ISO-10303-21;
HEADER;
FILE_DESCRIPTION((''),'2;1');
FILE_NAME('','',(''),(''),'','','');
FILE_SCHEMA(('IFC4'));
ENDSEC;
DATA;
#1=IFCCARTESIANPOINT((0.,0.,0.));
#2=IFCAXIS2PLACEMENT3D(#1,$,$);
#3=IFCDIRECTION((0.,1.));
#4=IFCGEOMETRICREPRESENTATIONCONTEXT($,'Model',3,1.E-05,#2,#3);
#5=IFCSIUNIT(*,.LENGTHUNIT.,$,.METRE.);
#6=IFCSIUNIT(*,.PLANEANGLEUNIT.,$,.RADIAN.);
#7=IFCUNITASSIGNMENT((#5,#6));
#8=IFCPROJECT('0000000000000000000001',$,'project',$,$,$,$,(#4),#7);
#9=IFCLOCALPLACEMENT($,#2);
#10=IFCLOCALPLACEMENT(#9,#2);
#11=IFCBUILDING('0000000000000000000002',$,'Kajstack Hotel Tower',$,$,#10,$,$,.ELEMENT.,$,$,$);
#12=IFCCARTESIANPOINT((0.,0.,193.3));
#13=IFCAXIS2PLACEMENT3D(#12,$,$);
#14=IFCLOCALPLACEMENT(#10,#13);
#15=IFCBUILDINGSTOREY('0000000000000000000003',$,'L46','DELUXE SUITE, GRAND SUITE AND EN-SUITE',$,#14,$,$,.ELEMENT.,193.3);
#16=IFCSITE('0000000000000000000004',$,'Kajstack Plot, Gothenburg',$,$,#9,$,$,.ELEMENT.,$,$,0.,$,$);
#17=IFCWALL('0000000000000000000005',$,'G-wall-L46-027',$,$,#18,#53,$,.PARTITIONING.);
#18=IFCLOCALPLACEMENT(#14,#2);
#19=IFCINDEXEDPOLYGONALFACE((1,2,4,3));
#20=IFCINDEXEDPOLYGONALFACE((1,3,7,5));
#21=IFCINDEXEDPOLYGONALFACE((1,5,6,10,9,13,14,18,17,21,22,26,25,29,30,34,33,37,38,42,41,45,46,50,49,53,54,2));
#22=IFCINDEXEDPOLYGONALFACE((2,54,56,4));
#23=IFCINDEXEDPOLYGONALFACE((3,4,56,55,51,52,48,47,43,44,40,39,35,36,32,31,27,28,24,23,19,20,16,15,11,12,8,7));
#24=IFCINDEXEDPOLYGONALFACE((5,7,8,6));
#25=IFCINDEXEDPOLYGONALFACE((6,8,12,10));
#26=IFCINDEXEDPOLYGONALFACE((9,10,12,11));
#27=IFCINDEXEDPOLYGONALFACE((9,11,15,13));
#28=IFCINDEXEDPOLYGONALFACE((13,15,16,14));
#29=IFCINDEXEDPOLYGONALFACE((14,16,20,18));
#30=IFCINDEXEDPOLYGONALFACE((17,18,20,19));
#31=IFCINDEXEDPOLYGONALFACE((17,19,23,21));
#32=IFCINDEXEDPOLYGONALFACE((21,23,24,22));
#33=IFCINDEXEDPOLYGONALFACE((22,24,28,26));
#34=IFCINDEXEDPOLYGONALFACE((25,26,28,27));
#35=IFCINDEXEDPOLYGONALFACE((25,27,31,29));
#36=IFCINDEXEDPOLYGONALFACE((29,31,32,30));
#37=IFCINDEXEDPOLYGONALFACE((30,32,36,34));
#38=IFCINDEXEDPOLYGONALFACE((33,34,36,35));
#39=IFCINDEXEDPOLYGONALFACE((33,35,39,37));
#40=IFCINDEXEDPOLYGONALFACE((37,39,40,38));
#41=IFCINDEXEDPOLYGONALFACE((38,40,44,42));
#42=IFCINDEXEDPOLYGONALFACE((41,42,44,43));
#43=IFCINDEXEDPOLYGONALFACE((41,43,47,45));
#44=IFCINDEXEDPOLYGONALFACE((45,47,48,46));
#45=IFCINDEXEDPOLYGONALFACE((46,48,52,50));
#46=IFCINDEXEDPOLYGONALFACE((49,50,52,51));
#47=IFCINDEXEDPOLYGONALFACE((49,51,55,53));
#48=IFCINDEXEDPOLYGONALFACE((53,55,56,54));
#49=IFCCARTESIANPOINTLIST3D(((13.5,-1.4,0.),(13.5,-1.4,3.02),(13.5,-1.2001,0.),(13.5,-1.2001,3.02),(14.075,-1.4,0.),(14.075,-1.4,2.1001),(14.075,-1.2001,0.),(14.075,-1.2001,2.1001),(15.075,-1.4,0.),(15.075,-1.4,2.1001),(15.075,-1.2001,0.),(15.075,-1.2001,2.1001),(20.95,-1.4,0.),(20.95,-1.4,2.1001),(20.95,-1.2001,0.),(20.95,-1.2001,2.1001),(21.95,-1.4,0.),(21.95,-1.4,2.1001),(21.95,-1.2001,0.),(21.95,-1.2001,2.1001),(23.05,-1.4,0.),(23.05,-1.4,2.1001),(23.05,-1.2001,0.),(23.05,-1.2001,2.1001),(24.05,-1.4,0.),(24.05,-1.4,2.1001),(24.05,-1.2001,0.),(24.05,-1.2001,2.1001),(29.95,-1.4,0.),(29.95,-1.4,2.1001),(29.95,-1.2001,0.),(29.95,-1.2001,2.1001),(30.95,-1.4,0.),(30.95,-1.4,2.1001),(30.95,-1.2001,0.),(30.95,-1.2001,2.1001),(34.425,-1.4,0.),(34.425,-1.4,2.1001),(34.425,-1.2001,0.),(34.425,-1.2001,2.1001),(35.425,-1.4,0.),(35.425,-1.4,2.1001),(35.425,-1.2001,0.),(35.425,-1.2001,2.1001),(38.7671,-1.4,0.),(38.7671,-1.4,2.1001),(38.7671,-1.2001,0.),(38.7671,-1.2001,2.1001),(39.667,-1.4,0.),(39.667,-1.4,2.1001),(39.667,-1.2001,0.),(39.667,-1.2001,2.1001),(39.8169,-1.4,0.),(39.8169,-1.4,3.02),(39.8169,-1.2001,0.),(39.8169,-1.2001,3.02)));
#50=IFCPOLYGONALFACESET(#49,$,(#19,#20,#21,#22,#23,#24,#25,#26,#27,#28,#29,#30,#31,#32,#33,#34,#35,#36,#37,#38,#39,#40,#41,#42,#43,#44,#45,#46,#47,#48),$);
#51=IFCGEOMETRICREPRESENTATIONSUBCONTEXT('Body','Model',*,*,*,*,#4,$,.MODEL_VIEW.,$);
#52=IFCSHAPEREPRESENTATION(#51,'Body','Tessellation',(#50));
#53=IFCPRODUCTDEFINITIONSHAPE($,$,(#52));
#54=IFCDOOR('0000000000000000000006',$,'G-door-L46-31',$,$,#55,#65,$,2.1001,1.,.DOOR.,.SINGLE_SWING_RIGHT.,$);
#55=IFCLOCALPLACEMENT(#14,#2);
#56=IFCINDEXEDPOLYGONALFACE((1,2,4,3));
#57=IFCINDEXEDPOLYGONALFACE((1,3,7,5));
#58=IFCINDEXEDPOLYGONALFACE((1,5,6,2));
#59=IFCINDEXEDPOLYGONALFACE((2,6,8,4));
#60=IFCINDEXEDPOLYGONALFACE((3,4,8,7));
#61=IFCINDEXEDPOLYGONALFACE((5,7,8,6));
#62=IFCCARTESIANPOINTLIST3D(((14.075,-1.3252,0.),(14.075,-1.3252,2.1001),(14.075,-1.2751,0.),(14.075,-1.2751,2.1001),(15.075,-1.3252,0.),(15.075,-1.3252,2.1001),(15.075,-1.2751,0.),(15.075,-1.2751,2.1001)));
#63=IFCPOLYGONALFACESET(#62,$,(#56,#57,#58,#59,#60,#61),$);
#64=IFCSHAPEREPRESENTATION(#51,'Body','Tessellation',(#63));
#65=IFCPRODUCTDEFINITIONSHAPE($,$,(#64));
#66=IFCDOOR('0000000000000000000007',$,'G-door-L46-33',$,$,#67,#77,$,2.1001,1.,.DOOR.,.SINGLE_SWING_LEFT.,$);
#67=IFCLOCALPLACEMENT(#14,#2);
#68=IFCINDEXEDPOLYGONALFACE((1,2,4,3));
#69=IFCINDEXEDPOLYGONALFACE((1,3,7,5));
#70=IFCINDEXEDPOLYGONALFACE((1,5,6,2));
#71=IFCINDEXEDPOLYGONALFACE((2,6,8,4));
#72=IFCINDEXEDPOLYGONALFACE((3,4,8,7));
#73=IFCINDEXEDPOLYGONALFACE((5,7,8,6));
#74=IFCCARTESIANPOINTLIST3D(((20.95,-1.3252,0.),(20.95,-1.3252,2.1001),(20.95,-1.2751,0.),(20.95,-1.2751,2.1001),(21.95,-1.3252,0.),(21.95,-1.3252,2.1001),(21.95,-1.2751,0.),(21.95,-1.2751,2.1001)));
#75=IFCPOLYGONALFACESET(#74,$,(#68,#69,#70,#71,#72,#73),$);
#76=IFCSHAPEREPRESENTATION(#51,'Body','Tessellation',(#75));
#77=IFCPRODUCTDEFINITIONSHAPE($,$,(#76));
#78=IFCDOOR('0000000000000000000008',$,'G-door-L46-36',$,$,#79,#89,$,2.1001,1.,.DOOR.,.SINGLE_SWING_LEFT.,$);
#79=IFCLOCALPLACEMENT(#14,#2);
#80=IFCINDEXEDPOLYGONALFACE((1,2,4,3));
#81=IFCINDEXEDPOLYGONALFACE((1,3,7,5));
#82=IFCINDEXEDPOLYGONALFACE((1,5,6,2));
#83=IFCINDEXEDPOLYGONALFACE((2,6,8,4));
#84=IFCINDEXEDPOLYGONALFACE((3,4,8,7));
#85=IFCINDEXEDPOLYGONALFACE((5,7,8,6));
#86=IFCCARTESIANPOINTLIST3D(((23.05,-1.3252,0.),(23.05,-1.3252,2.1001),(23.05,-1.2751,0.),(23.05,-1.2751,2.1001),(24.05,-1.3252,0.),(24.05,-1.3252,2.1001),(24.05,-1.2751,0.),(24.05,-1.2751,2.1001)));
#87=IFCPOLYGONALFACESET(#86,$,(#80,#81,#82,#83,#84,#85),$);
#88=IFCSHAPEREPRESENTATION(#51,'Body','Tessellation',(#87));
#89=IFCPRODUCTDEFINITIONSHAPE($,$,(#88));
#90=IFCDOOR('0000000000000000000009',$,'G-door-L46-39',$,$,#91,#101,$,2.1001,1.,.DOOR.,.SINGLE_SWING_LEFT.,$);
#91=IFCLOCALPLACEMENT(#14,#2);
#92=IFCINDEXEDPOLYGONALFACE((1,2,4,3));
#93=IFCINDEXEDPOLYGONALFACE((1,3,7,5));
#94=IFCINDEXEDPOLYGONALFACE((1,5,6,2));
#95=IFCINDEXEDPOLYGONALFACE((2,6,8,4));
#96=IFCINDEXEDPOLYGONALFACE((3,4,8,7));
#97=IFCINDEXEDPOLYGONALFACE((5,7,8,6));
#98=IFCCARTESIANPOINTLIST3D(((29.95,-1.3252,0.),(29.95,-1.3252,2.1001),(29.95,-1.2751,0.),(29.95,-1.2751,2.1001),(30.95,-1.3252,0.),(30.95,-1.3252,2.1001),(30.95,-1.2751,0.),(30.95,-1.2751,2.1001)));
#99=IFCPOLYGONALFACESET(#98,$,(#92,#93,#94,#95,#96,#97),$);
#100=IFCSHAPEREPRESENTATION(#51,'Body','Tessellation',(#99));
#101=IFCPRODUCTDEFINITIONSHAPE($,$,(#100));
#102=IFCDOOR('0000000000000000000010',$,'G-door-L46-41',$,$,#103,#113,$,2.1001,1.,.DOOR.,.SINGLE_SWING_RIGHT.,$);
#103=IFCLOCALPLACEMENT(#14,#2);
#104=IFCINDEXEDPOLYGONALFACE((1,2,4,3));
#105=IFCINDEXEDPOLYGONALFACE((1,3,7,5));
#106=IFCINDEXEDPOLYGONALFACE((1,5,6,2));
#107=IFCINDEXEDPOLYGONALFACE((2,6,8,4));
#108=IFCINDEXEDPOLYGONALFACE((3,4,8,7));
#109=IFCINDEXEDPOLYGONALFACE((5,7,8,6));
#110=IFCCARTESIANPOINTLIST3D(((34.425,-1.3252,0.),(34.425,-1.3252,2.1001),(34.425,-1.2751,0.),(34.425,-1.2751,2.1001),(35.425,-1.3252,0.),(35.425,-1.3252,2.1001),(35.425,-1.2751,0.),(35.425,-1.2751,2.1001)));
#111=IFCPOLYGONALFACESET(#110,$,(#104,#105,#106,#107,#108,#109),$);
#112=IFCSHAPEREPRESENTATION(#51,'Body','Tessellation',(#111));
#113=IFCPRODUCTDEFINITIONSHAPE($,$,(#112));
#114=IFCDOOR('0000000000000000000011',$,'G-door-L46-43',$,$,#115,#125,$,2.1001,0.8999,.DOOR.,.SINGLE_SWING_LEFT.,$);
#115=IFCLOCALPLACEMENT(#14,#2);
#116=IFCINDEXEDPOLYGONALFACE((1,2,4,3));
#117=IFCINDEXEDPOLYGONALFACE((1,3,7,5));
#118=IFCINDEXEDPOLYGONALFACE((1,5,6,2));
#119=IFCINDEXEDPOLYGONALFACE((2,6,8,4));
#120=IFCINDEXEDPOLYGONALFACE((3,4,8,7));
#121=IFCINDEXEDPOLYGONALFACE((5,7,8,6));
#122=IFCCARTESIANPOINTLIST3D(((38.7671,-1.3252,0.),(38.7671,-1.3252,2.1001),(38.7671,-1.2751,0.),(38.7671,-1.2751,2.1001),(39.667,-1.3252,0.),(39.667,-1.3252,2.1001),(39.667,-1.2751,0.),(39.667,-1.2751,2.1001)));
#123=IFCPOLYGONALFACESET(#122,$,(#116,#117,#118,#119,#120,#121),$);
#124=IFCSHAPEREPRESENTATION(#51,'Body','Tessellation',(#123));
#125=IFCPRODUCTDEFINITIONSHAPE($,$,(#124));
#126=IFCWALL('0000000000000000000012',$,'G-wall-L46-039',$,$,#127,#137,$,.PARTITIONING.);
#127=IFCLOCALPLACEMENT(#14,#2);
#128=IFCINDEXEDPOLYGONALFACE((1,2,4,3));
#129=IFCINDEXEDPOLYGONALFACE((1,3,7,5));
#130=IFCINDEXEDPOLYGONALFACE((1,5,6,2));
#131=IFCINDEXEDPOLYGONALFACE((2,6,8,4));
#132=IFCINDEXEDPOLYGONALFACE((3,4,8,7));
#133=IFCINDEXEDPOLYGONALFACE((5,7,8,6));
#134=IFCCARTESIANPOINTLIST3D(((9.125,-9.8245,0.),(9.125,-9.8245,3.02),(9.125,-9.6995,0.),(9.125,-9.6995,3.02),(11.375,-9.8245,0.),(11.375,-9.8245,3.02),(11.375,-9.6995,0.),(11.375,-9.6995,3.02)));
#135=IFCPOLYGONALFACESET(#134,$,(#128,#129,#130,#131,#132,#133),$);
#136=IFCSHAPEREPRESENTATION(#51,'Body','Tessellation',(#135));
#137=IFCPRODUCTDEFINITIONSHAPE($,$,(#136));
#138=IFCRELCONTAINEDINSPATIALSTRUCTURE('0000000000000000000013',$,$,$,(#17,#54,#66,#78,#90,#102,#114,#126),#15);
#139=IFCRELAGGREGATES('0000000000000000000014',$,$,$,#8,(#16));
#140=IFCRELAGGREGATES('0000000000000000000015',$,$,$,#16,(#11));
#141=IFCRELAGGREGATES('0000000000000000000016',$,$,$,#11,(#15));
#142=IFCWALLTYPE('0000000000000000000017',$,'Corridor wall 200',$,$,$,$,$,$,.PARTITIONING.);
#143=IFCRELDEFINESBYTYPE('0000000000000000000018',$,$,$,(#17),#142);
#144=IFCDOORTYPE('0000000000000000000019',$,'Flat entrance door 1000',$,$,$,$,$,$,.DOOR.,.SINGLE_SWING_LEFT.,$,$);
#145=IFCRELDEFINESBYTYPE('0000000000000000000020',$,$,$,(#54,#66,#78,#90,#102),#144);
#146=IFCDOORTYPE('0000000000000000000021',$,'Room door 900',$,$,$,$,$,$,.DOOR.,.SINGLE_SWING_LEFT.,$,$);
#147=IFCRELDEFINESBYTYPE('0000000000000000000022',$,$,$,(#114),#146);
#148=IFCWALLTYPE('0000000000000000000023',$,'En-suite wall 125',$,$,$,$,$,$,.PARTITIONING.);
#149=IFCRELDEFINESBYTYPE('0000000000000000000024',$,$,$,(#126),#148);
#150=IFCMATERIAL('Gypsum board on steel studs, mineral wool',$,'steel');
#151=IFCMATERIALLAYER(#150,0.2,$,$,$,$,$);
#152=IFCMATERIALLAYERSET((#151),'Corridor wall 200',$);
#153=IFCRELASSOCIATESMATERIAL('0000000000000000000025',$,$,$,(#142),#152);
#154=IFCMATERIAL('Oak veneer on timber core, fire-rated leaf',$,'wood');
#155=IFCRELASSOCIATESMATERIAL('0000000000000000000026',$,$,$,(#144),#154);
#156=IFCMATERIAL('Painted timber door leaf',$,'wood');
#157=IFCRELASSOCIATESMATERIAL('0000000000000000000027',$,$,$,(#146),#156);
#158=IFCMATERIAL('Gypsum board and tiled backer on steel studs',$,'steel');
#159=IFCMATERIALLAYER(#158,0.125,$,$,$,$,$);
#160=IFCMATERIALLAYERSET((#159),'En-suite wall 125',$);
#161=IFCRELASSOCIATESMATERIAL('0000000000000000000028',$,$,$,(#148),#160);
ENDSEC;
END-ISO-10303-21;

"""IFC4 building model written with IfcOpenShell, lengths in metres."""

from ifc_helpers import new_model, si_unit, direction, frame, frame_2d, origin, place, context, subcontext, project, spatial, rectangle, extrude, material, layer, layer_set, type_object, element, fill, save


model = new_model("IFC4")

# Units and contexts
model_context = context("Model", 3, precision=1e-05, world=origin(), true_north=direction((0.0, 1.0)))
body_context = subcontext(model_context, "Body", "Model", "MODEL_VIEW")
ifc_project = project(units=[si_unit("LENGTHUNIT", "METRE"), si_unit("PLANEANGLEUNIT", "RADIAN")], contexts=[model_context])

# Site, building, storey
site_placement = place(None, origin())
site = spatial("IfcSite", under=ifc_project, at=site_placement, Name="Kajstack Plot, Gothenburg", CompositionType="ELEMENT", RefElevation=0.0)
building_placement = place(site_placement, origin())
building = spatial("IfcBuilding", under=site, at=building_placement, Name="Kajstack Hotel Tower", CompositionType="ELEMENT")
storey_placement = place(building_placement, frame((0.0, 0.0, 193.3)))
storey = spatial("IfcBuildingStorey", under=building, at=storey_placement, Name="L46", Description="DELUXE SUITE, GRAND SUITE AND EN-SUITE", CompositionType="ELEMENT", Elevation=193.3)

# Wall, openings, doors
ifc_material_1 = material(Name="Gypsum board on steel studs, mineral wool", Category="steel")
ifc_layer_1 = layer(ifc_material_1, 0.2)
ifc_layer_set_1 = layer_set([ifc_layer_1], Name="Corridor wall 200")
wall_type_1 = type_object("IfcWallType", Name="Corridor wall 200", PredefinedType="PARTITIONING", material=ifc_layer_set_1)
wall_1_placement = place(storey_placement, frame((13.5, -1.3, 0.0), z_axis=(0.0, 0.0, 1.0), x_axis=(1.0, 0.0, 0.0)))
wall_1 = element("IfcWall", 1, at=wall_1_placement, inside=storey, type_object=wall_type_1, Name="G-wall-L46-027", PredefinedType="PARTITIONING", context=body_context, shape_type="SweptSolid", body=[
    extrude(rectangle(XDim=26.3169, YDim=0.2, at=frame_2d((13.1584, 0.0))), origin(), (0.0, 0.0, 1.0), 3.02),
])
opening_1_placement = place(wall_1_placement, frame((0.575, 0.0, 0.0)))
opening_1 = element("IfcOpeningElement", 2, at=opening_1_placement, cuts=wall_1, PredefinedType="OPENING", context=body_context, shape_type="SweptSolid", body=[
    extrude(rectangle(XDim=1.0, YDim=2.1001, at=frame_2d((0.5, 1.05))), frame((0.0, 0.1099, 0.0), z_axis=(0.0, -1.0, 0.0), x_axis=(1.0, 0.0, 0.0)), (0.0, 0.0, 1.0), 0.22),
])
opening_2_placement = place(wall_1_placement, frame((7.45, 0.0, 0.0)))
opening_2 = element("IfcOpeningElement", 3, at=opening_2_placement, cuts=wall_1, PredefinedType="OPENING", context=body_context, shape_type="SweptSolid", body=[
    extrude(rectangle(XDim=1.0, YDim=2.1001, at=frame_2d((0.5, 1.05))), frame((0.0, 0.1099, 0.0), z_axis=(0.0, -1.0, 0.0), x_axis=(1.0, 0.0, 0.0)), (0.0, 0.0, 1.0), 0.22),
])
opening_3_placement = place(wall_1_placement, frame((9.55, 0.0, 0.0)))
opening_3 = element("IfcOpeningElement", 4, at=opening_3_placement, cuts=wall_1, PredefinedType="OPENING", context=body_context, shape_type="SweptSolid", body=[
    extrude(rectangle(XDim=1.0, YDim=2.1001, at=frame_2d((0.5, 1.05))), frame((0.0, 0.1099, 0.0), z_axis=(0.0, -1.0, 0.0), x_axis=(1.0, 0.0, 0.0)), (0.0, 0.0, 1.0), 0.22),
])
opening_4_placement = place(wall_1_placement, frame((16.45, 0.0, 0.0)))
opening_4 = element("IfcOpeningElement", 5, at=opening_4_placement, cuts=wall_1, PredefinedType="OPENING", context=body_context, shape_type="SweptSolid", body=[
    extrude(rectangle(XDim=1.0, YDim=2.1001, at=frame_2d((0.5, 1.05))), frame((0.0, 0.1099, 0.0), z_axis=(0.0, -1.0, 0.0), x_axis=(1.0, 0.0, 0.0)), (0.0, 0.0, 1.0), 0.22),
])
opening_5_placement = place(wall_1_placement, frame((20.925, 0.0, 0.0)))
opening_5 = element("IfcOpeningElement", 6, at=opening_5_placement, cuts=wall_1, PredefinedType="OPENING", context=body_context, shape_type="SweptSolid", body=[
    extrude(rectangle(XDim=1.0, YDim=2.1001, at=frame_2d((0.5, 1.05))), frame((0.0, 0.1099, 0.0), z_axis=(0.0, -1.0, 0.0), x_axis=(1.0, 0.0, 0.0)), (0.0, 0.0, 1.0), 0.22),
])
opening_6_placement = place(wall_1_placement, frame((25.2671, 0.0, 0.0)))
opening_6 = element("IfcOpeningElement", 7, at=opening_6_placement, cuts=wall_1, PredefinedType="OPENING", context=body_context, shape_type="SweptSolid", body=[
    extrude(rectangle(XDim=0.8999, YDim=2.1001, at=frame_2d((0.45, 1.05))), frame((0.0, 0.1099, 0.0), z_axis=(0.0, -1.0, 0.0), x_axis=(1.0, 0.0, 0.0)), (0.0, 0.0, 1.0), 0.22),
])
ifc_material_2 = material(Name="Oak veneer on timber core, fire-rated leaf", Category="wood")
door_type_1 = type_object("IfcDoorType", Name="Flat entrance door 1000", OperationType="SINGLE_SWING_LEFT", PredefinedType="DOOR", material=ifc_material_2)
door_1_placement = place(opening_1_placement, origin())
door_1 = element("IfcDoor", 8, at=door_1_placement, inside=storey, type_object=door_type_1, Name="G-door-L46-31", OperationType="SINGLE_SWING_RIGHT", OverallHeight=2.1001, OverallWidth=1.0, PredefinedType="DOOR", context=body_context, shape_type="SweptSolid", body=[
    extrude(rectangle(XDim=1.0, YDim=2.1001, at=frame_2d((0.5, 1.05))), frame((0.0, 0.0249, 0.0), z_axis=(0.0, -1.0, 0.0), x_axis=(1.0, 0.0, 0.0)), (0.0, 0.0, 1.0), 0.05),
])
fill(opening_1, door_1)
door_2_placement = place(opening_2_placement, origin())
door_2 = element("IfcDoor", 9, at=door_2_placement, inside=storey, type_object=door_type_1, Name="G-door-L46-33", OperationType="SINGLE_SWING_LEFT", OverallHeight=2.1001, OverallWidth=1.0, PredefinedType="DOOR", context=body_context, shape_type="SweptSolid", body=[
    extrude(rectangle(XDim=1.0, YDim=2.1001, at=frame_2d((0.5, 1.05))), frame((0.0, 0.0249, 0.0), z_axis=(0.0, -1.0, 0.0), x_axis=(1.0, 0.0, 0.0)), (0.0, 0.0, 1.0), 0.05),
])
fill(opening_2, door_2)
door_3_placement = place(opening_3_placement, origin())
door_3 = element("IfcDoor", 10, at=door_3_placement, inside=storey, type_object=door_type_1, Name="G-door-L46-36", OperationType="SINGLE_SWING_LEFT", OverallHeight=2.1001, OverallWidth=1.0, PredefinedType="DOOR", context=body_context, shape_type="SweptSolid", body=[
    extrude(rectangle(XDim=1.0, YDim=2.1001, at=frame_2d((0.5, 1.05))), frame((0.0, 0.0249, 0.0), z_axis=(0.0, -1.0, 0.0), x_axis=(1.0, 0.0, 0.0)), (0.0, 0.0, 1.0), 0.05),
])
fill(opening_3, door_3)
door_4_placement = place(opening_4_placement, origin())
door_4 = element("IfcDoor", 11, at=door_4_placement, inside=storey, type_object=door_type_1, Name="G-door-L46-39", OperationType="SINGLE_SWING_LEFT", OverallHeight=2.1001, OverallWidth=1.0, PredefinedType="DOOR", context=body_context, shape_type="SweptSolid", body=[
    extrude(rectangle(XDim=1.0, YDim=2.1001, at=frame_2d((0.5, 1.05))), frame((0.0, 0.0249, 0.0), z_axis=(0.0, -1.0, 0.0), x_axis=(1.0, 0.0, 0.0)), (0.0, 0.0, 1.0), 0.05),
])
fill(opening_4, door_4)
door_5_placement = place(opening_5_placement, origin())
door_5 = element("IfcDoor", 12, at=door_5_placement, inside=storey, type_object=door_type_1, Name="G-door-L46-41", OperationType="SINGLE_SWING_RIGHT", OverallHeight=2.1001, OverallWidth=1.0, PredefinedType="DOOR", context=body_context, shape_type="SweptSolid", body=[
    extrude(rectangle(XDim=1.0, YDim=2.1001, at=frame_2d((0.5, 1.05))), frame((0.0, 0.0249, 0.0), z_axis=(0.0, -1.0, 0.0), x_axis=(1.0, 0.0, 0.0)), (0.0, 0.0, 1.0), 0.05),
])
fill(opening_5, door_5)
ifc_material_3 = material(Name="Painted timber door leaf", Category="wood")
door_type_2 = type_object("IfcDoorType", Name="Room door 900", OperationType="SINGLE_SWING_LEFT", PredefinedType="DOOR", material=ifc_material_3)
door_6_placement = place(opening_6_placement, origin())
door_6 = element("IfcDoor", 13, at=door_6_placement, inside=storey, type_object=door_type_2, Name="G-door-L46-43", OperationType="SINGLE_SWING_LEFT", OverallHeight=2.1001, OverallWidth=0.8999, PredefinedType="DOOR", context=body_context, shape_type="SweptSolid", body=[
    extrude(rectangle(XDim=0.8999, YDim=2.1001, at=frame_2d((0.45, 1.05))), frame((0.0, 0.0249, 0.0), z_axis=(0.0, -1.0, 0.0), x_axis=(1.0, 0.0, 0.0)), (0.0, 0.0, 1.0), 0.05),
])
fill(opening_6, door_6)

# Wall
ifc_material_4 = material(Name="Gypsum board and tiled backer on steel studs", Category="steel")
ifc_layer_2 = layer(ifc_material_4, 0.125)
ifc_layer_set_2 = layer_set([ifc_layer_2], Name="En-suite wall 125")
wall_type_2 = type_object("IfcWallType", Name="En-suite wall 125", PredefinedType="PARTITIONING", material=ifc_layer_set_2)
wall_2_placement = place(storey_placement, frame((9.125, -9.762, 0.0), z_axis=(0.0, 0.0, 1.0), x_axis=(1.0, 0.0, 0.0)))
element("IfcWall", 14, at=wall_2_placement, inside=storey, type_object=wall_type_2, Name="G-wall-L46-039", PredefinedType="PARTITIONING", context=body_context, shape_type="SweptSolid", body=[
    extrude(rectangle(XDim=2.25, YDim=0.125, at=frame_2d((1.125, 0.0))), origin(), (0.0, 0.0, 1.0), 3.02),
])

save(model, "model.ifc")
